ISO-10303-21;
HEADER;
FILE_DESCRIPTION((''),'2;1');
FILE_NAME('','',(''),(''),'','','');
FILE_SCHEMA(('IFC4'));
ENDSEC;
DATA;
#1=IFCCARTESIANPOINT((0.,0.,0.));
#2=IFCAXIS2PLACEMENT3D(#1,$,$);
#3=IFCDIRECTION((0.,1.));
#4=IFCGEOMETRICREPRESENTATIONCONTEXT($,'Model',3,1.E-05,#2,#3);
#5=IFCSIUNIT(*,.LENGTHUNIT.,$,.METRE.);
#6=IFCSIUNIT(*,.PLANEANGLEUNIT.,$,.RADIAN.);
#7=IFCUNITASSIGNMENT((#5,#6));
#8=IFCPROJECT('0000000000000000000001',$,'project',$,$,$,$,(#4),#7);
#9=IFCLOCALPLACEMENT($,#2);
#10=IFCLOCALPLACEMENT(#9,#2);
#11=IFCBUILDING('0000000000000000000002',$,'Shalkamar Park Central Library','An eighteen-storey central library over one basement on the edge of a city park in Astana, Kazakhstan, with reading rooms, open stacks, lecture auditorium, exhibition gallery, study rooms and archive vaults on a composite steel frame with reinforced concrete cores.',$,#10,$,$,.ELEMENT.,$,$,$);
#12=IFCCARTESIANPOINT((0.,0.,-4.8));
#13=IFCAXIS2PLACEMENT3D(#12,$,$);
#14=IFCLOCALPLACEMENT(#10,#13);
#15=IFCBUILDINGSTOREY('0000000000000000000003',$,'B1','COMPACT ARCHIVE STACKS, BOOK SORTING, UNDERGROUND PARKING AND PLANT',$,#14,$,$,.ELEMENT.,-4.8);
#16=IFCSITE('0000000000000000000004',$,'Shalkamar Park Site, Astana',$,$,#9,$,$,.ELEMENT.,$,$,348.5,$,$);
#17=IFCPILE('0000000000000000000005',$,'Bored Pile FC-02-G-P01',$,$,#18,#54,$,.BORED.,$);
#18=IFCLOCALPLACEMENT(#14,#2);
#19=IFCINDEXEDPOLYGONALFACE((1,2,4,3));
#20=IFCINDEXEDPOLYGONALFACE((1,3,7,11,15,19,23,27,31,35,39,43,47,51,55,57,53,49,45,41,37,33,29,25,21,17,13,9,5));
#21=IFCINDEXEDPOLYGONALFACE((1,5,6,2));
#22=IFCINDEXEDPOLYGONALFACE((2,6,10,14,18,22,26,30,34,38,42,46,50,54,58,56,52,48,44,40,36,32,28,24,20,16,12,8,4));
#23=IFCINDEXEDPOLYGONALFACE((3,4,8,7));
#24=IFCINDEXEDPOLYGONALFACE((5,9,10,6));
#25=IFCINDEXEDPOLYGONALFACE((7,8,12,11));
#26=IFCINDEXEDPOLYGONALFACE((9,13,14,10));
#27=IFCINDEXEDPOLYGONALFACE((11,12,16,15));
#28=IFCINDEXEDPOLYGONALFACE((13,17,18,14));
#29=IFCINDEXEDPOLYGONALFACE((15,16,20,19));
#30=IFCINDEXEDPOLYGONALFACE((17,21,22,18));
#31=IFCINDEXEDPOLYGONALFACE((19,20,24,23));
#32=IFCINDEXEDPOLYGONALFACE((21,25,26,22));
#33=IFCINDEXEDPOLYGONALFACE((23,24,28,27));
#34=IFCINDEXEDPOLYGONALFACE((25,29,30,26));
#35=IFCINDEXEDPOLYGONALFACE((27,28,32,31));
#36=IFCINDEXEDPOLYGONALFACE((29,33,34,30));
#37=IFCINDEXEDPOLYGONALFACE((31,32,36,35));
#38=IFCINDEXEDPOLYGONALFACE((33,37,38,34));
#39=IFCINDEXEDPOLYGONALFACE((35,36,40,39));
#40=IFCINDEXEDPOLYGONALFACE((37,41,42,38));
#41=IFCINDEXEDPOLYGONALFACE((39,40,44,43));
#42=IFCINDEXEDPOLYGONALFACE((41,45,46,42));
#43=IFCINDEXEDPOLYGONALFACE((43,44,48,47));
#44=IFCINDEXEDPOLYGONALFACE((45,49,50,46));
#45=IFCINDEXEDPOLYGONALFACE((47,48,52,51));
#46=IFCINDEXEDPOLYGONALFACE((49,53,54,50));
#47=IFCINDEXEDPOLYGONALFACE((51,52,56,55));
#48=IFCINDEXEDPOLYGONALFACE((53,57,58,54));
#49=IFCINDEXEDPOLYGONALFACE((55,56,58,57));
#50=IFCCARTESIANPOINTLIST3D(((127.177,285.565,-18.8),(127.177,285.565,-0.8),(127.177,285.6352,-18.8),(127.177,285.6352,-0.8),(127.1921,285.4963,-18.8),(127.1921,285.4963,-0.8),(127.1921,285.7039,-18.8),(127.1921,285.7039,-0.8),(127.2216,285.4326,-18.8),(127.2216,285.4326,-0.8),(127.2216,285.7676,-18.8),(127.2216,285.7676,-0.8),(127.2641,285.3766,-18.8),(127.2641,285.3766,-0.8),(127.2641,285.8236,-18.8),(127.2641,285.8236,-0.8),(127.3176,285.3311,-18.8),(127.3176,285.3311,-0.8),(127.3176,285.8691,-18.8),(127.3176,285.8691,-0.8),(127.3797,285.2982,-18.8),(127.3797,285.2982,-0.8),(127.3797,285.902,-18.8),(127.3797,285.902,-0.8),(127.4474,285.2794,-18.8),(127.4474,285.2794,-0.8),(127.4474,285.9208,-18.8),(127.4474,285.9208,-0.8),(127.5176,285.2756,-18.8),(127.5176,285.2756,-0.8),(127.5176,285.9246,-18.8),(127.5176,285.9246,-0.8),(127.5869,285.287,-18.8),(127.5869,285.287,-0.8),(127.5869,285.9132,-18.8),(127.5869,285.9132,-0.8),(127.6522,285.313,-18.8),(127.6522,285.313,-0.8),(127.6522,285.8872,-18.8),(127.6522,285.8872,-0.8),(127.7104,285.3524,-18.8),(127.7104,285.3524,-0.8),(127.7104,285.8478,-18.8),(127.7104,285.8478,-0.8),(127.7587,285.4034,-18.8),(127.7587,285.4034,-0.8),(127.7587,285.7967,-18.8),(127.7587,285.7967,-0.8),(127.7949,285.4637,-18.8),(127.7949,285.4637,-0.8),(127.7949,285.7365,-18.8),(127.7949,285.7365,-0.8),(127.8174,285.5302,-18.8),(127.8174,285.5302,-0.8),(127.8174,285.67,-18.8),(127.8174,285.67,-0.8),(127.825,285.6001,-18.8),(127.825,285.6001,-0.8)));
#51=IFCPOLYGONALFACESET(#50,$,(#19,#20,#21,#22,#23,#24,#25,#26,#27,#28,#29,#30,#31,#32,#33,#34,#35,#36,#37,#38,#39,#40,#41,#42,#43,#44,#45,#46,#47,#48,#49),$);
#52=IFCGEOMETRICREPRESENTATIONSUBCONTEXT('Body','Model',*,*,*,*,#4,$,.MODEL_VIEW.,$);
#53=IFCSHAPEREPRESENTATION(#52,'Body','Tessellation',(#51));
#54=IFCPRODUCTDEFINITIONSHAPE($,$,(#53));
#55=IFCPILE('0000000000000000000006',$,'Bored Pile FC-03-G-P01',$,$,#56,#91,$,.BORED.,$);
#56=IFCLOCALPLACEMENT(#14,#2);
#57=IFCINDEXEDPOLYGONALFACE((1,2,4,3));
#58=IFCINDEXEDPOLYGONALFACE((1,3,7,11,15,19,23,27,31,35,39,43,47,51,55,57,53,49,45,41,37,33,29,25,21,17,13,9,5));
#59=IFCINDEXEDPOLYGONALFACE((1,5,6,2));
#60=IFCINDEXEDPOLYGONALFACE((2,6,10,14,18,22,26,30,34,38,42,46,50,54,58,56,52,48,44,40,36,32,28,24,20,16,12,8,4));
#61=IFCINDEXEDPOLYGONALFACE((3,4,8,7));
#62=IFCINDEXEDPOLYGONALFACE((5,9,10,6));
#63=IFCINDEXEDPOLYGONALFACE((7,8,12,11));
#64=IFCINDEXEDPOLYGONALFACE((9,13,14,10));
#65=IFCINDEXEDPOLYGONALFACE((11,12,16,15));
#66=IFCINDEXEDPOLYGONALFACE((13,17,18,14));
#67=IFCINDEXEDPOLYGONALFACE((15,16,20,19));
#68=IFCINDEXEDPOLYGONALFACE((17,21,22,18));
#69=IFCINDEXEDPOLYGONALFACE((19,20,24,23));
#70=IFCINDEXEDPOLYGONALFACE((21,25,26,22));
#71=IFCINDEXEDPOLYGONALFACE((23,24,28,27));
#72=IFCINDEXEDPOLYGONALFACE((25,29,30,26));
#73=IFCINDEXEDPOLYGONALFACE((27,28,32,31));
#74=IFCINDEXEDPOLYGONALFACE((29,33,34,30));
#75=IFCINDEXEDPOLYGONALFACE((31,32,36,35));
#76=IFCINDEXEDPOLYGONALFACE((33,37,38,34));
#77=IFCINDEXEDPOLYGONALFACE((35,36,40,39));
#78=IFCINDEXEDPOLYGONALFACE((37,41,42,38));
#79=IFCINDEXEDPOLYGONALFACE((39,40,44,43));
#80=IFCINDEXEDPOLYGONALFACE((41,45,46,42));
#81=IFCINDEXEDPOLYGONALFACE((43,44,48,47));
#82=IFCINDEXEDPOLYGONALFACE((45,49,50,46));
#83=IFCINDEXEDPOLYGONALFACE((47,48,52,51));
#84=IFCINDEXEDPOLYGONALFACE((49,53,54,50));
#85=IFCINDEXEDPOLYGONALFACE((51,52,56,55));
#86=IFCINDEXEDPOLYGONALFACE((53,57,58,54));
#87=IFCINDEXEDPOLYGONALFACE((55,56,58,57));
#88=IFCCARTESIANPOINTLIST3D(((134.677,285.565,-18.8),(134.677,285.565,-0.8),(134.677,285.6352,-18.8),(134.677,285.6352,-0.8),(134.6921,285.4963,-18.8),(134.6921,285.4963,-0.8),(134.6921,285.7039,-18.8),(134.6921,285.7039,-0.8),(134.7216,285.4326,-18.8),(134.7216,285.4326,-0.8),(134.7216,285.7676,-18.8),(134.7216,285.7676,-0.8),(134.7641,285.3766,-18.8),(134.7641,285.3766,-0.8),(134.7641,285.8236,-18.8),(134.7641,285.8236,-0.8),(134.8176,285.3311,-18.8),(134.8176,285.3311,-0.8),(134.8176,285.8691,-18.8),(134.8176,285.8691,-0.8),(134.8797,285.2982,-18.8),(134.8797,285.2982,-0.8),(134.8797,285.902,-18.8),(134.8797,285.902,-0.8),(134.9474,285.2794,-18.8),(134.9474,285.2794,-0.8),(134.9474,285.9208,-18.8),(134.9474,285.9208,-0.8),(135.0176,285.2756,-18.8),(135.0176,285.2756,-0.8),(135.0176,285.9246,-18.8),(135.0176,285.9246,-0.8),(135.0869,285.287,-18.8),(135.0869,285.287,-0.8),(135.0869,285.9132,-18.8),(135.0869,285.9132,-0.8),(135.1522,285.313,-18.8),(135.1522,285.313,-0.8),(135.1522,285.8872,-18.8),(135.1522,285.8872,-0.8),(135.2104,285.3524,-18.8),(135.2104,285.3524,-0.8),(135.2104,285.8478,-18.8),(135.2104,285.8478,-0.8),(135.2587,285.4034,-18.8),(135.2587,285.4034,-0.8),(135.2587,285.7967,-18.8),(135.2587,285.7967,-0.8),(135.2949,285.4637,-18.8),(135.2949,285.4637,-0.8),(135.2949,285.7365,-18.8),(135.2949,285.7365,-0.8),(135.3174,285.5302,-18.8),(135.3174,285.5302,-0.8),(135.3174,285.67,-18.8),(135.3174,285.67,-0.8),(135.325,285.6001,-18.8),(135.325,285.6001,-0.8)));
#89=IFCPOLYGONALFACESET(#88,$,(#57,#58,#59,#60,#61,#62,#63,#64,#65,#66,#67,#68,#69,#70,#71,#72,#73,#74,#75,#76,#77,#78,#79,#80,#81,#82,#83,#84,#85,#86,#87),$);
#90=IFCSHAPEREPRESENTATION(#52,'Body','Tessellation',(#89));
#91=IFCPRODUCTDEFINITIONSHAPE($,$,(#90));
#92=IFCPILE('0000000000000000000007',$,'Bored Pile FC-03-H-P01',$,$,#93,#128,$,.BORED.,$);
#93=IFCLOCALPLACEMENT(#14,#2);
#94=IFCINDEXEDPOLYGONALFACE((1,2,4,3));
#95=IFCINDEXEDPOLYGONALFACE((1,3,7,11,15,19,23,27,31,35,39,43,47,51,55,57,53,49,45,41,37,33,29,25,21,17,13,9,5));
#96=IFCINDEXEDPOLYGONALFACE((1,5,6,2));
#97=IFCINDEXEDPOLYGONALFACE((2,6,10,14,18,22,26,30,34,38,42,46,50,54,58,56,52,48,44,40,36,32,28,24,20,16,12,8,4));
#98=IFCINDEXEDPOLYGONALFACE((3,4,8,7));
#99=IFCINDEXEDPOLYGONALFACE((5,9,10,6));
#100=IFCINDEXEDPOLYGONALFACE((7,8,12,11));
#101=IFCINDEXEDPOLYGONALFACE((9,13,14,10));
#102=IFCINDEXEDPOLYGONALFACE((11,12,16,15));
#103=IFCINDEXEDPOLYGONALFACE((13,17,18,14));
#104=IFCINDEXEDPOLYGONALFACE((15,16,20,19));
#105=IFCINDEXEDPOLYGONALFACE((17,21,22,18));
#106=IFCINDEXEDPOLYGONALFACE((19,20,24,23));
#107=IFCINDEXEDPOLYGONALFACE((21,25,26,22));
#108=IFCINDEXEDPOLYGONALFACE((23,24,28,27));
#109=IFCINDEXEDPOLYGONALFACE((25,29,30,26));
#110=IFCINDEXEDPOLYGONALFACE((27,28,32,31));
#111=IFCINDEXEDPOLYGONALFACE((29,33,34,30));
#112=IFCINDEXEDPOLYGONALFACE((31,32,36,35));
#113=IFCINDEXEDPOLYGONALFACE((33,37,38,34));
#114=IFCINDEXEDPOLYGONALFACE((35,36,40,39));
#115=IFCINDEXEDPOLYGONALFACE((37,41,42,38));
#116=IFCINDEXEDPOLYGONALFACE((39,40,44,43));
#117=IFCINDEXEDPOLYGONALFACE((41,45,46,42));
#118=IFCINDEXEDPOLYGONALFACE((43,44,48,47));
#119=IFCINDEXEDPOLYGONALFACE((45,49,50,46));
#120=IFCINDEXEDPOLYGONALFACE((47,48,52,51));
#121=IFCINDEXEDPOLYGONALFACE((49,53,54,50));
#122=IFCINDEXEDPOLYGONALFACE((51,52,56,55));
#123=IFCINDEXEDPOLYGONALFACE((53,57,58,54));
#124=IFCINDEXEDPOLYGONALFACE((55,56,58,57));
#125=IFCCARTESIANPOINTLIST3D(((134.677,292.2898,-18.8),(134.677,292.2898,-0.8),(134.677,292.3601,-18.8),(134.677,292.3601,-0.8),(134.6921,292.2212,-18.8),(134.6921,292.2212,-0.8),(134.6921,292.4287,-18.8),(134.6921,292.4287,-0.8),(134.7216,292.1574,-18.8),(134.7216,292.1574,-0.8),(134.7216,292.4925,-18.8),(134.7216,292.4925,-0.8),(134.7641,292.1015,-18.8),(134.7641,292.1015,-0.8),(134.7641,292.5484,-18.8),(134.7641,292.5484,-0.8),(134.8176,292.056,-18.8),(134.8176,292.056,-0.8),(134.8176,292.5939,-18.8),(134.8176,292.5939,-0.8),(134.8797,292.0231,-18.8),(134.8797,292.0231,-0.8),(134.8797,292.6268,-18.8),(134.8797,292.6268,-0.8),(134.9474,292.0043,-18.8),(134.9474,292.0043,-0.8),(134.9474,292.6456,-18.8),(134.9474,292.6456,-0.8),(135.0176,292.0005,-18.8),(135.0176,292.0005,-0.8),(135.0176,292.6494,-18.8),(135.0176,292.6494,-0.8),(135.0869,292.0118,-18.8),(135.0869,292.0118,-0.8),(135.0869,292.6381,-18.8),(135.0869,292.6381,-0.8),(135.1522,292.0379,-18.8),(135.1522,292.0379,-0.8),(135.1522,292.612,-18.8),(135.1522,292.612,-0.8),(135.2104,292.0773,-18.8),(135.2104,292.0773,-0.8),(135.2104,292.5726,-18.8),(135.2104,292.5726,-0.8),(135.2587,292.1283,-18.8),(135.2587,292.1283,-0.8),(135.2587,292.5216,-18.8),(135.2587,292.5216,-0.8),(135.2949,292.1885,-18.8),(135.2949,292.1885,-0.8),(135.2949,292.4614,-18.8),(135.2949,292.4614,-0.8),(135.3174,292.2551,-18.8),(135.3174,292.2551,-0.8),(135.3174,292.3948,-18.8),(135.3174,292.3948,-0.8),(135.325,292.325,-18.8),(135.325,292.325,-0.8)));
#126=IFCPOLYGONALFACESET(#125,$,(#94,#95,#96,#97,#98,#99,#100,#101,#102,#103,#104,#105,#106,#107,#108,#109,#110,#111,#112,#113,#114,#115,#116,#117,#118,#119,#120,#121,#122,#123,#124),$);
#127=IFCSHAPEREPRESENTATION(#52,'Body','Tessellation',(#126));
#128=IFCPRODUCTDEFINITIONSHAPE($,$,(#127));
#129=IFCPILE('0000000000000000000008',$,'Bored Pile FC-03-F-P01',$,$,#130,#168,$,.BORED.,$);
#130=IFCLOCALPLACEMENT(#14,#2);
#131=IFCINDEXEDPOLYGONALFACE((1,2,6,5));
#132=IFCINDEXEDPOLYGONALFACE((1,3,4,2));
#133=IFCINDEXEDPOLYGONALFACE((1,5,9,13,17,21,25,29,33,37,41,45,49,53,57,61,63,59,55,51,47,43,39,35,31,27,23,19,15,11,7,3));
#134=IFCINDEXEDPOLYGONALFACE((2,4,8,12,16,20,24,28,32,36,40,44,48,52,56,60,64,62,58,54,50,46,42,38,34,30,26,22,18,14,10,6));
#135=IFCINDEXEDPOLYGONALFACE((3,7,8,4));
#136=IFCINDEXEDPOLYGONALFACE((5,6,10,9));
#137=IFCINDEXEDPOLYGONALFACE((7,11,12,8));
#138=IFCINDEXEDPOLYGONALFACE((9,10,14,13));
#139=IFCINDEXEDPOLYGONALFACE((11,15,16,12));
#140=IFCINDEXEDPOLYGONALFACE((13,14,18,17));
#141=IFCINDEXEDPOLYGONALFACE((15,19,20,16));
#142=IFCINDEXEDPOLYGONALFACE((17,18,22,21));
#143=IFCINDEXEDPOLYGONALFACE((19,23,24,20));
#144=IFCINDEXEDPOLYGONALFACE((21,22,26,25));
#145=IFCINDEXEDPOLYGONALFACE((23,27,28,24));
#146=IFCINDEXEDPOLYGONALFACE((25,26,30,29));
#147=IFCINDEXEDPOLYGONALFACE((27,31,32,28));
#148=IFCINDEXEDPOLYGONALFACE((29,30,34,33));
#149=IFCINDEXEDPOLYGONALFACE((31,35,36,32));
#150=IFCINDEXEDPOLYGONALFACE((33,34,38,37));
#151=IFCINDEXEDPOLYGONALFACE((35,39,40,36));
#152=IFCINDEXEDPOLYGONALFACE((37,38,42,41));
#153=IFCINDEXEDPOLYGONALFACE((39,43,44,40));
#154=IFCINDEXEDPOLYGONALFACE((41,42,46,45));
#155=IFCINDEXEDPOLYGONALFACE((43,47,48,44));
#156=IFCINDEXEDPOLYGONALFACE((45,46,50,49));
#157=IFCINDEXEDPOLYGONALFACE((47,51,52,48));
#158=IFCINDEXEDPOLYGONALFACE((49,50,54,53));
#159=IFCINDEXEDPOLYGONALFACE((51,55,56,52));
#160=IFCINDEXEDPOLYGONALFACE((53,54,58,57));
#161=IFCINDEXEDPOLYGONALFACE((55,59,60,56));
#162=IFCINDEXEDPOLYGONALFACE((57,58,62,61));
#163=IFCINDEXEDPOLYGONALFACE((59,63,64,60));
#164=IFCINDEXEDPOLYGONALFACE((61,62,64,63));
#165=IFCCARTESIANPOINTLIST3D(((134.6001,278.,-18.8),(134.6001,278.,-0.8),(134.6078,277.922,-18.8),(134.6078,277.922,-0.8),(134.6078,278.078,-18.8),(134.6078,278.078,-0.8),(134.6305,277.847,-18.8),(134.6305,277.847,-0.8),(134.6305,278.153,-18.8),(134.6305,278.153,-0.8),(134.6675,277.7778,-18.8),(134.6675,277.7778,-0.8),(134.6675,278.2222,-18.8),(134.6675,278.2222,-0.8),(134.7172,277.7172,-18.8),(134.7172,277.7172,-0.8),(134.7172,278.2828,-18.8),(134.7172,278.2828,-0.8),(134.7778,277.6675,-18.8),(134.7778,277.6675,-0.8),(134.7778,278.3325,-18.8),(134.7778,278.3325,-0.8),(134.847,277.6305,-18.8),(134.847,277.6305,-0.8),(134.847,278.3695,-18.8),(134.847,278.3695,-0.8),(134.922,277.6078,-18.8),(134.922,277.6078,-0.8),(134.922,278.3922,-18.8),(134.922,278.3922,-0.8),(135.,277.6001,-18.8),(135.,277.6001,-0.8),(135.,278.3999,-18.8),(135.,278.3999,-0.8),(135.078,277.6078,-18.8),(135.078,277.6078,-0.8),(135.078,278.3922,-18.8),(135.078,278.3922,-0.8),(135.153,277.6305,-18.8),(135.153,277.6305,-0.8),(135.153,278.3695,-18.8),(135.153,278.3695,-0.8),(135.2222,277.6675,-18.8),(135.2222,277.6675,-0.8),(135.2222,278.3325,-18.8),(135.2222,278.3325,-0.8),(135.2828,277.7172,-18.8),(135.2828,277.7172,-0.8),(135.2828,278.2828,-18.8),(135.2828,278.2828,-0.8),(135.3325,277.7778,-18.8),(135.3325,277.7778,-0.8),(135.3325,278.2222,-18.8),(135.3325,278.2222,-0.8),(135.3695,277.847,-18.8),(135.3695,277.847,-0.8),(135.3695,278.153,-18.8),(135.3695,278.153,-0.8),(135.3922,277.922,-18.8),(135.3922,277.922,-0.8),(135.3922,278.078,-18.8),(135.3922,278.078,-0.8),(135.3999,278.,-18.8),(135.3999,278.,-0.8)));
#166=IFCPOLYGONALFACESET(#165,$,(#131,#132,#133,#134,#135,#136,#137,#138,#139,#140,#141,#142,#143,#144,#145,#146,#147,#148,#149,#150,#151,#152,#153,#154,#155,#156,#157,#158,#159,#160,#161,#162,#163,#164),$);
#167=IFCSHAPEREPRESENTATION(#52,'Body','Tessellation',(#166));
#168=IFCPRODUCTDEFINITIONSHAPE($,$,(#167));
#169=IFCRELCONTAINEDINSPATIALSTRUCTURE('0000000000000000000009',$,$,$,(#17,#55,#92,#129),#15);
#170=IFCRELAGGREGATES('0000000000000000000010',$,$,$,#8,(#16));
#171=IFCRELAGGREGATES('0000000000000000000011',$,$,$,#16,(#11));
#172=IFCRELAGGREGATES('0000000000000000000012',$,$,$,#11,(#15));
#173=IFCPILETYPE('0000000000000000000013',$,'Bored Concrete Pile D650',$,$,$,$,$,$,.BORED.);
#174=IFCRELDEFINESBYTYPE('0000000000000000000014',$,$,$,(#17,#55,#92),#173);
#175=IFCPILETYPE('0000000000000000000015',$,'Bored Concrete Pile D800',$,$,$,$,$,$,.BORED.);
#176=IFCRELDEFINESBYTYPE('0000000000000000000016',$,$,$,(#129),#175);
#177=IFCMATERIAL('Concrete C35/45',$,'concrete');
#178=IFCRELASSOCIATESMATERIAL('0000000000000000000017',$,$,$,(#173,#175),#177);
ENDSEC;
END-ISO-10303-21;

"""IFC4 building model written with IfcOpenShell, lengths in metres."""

from ifc_helpers import new_model, si_unit, direction, frame, origin, origin_2d, place, context, subcontext, project, spatial, circle, extrude, material, material_profile, profile_set, type_object, element, save


model = new_model("IFC4")

# Units and contexts
model_context = context("Model", 3, precision=1e-05, world=origin(), true_north=direction((0.0, 1.0)))
body_context = subcontext(model_context, "Body", "Model", "MODEL_VIEW")
ifc_project = project(units=[si_unit("LENGTHUNIT", "METRE"), si_unit("PLANEANGLEUNIT", "RADIAN")], contexts=[model_context])

# Site, building, storey
site_placement = place(None, origin())
site = spatial("IfcSite", under=ifc_project, at=site_placement, Name="Shalkamar Park Site, Astana", CompositionType="ELEMENT", RefElevation=348.5)
building_placement = place(site_placement, origin())
building = spatial("IfcBuilding", under=site, at=building_placement, Name="Shalkamar Park Central Library", Description="An eighteen-storey central library over one basement on the edge of a city park in Astana, Kazakhstan, with reading rooms, open stacks, lecture auditorium, exhibition gallery, study rooms and archive vaults on a composite steel frame with reinforced concrete cores.", CompositionType="ELEMENT")
storey_placement = place(building_placement, frame((0.0, 0.0, -4.8)))
storey = spatial("IfcBuildingStorey", under=building, at=storey_placement, Name="B1", Description="COMPACT ARCHIVE STACKS, BOOK SORTING, UNDERGROUND PARKING AND PLANT", CompositionType="ELEMENT", Elevation=-4.8)

# Piles
ifc_material_1 = material(Name="Concrete C35/45", Category="concrete")
ifc_material_profile_1 = material_profile(ifc_material_1, circle(Radius=0.325, at=origin_2d()), Name="PILE D650")
ifc_profile_set_1 = profile_set([ifc_material_profile_1], Name="Concrete C35/45")
pile_type_1 = type_object("IfcPileType", Name="Bored Concrete Pile D650", PredefinedType="BORED", material=ifc_profile_set_1)
for number, where, z_axis, x_axis, name in (
    (1, (127.5, 285.6001, -0.8), (0.0, 0.0, -1.0), (1.0, 0.0, 0.0), "Bored Pile FC-02-G-P01"),
    (2, (135.0, 285.6001, -0.8), (0.0, 0.0, -1.0), (1.0, 0.0, 0.0), "Bored Pile FC-03-G-P01"),
    (3, (135.0, 292.325, -0.8), (0.0, 0.0, -1.0), (1.0, 0.0, 0.0), "Bored Pile FC-03-H-P01"),
):
    element("IfcPile", number, at=place(storey_placement, frame(where, z_axis=z_axis, x_axis=x_axis)), inside=storey, type_object=pile_type_1, Name=name, PredefinedType="BORED", context=body_context, shape_type="SweptSolid", body=[
        extrude(circle(Radius=0.325, at=origin_2d()), origin(), (0.0, 0.0, 1.0), 18.0),
    ])
ifc_material_profile_2 = material_profile(ifc_material_1, circle(Radius=0.3999, at=origin_2d()), Name="PILE D800")
ifc_profile_set_2 = profile_set([ifc_material_profile_2], Name="Concrete C35/45")
pile_type_2 = type_object("IfcPileType", Name="Bored Concrete Pile D800", PredefinedType="BORED", material=ifc_profile_set_2)
pile_1_placement = place(storey_placement, frame((135.0, 278.0, -0.8), z_axis=(0.0, 0.0, -1.0), x_axis=(1.0, 0.0, 0.0)))
element("IfcPile", 4, at=pile_1_placement, inside=storey, type_object=pile_type_2, Name="Bored Pile FC-03-F-P01", PredefinedType="BORED", context=body_context, shape_type="SweptSolid", body=[
    extrude(circle(Radius=0.3999, at=origin_2d()), origin(), (0.0, 0.0, 1.0), 18.0),
])

save(model, "model.ifc")
